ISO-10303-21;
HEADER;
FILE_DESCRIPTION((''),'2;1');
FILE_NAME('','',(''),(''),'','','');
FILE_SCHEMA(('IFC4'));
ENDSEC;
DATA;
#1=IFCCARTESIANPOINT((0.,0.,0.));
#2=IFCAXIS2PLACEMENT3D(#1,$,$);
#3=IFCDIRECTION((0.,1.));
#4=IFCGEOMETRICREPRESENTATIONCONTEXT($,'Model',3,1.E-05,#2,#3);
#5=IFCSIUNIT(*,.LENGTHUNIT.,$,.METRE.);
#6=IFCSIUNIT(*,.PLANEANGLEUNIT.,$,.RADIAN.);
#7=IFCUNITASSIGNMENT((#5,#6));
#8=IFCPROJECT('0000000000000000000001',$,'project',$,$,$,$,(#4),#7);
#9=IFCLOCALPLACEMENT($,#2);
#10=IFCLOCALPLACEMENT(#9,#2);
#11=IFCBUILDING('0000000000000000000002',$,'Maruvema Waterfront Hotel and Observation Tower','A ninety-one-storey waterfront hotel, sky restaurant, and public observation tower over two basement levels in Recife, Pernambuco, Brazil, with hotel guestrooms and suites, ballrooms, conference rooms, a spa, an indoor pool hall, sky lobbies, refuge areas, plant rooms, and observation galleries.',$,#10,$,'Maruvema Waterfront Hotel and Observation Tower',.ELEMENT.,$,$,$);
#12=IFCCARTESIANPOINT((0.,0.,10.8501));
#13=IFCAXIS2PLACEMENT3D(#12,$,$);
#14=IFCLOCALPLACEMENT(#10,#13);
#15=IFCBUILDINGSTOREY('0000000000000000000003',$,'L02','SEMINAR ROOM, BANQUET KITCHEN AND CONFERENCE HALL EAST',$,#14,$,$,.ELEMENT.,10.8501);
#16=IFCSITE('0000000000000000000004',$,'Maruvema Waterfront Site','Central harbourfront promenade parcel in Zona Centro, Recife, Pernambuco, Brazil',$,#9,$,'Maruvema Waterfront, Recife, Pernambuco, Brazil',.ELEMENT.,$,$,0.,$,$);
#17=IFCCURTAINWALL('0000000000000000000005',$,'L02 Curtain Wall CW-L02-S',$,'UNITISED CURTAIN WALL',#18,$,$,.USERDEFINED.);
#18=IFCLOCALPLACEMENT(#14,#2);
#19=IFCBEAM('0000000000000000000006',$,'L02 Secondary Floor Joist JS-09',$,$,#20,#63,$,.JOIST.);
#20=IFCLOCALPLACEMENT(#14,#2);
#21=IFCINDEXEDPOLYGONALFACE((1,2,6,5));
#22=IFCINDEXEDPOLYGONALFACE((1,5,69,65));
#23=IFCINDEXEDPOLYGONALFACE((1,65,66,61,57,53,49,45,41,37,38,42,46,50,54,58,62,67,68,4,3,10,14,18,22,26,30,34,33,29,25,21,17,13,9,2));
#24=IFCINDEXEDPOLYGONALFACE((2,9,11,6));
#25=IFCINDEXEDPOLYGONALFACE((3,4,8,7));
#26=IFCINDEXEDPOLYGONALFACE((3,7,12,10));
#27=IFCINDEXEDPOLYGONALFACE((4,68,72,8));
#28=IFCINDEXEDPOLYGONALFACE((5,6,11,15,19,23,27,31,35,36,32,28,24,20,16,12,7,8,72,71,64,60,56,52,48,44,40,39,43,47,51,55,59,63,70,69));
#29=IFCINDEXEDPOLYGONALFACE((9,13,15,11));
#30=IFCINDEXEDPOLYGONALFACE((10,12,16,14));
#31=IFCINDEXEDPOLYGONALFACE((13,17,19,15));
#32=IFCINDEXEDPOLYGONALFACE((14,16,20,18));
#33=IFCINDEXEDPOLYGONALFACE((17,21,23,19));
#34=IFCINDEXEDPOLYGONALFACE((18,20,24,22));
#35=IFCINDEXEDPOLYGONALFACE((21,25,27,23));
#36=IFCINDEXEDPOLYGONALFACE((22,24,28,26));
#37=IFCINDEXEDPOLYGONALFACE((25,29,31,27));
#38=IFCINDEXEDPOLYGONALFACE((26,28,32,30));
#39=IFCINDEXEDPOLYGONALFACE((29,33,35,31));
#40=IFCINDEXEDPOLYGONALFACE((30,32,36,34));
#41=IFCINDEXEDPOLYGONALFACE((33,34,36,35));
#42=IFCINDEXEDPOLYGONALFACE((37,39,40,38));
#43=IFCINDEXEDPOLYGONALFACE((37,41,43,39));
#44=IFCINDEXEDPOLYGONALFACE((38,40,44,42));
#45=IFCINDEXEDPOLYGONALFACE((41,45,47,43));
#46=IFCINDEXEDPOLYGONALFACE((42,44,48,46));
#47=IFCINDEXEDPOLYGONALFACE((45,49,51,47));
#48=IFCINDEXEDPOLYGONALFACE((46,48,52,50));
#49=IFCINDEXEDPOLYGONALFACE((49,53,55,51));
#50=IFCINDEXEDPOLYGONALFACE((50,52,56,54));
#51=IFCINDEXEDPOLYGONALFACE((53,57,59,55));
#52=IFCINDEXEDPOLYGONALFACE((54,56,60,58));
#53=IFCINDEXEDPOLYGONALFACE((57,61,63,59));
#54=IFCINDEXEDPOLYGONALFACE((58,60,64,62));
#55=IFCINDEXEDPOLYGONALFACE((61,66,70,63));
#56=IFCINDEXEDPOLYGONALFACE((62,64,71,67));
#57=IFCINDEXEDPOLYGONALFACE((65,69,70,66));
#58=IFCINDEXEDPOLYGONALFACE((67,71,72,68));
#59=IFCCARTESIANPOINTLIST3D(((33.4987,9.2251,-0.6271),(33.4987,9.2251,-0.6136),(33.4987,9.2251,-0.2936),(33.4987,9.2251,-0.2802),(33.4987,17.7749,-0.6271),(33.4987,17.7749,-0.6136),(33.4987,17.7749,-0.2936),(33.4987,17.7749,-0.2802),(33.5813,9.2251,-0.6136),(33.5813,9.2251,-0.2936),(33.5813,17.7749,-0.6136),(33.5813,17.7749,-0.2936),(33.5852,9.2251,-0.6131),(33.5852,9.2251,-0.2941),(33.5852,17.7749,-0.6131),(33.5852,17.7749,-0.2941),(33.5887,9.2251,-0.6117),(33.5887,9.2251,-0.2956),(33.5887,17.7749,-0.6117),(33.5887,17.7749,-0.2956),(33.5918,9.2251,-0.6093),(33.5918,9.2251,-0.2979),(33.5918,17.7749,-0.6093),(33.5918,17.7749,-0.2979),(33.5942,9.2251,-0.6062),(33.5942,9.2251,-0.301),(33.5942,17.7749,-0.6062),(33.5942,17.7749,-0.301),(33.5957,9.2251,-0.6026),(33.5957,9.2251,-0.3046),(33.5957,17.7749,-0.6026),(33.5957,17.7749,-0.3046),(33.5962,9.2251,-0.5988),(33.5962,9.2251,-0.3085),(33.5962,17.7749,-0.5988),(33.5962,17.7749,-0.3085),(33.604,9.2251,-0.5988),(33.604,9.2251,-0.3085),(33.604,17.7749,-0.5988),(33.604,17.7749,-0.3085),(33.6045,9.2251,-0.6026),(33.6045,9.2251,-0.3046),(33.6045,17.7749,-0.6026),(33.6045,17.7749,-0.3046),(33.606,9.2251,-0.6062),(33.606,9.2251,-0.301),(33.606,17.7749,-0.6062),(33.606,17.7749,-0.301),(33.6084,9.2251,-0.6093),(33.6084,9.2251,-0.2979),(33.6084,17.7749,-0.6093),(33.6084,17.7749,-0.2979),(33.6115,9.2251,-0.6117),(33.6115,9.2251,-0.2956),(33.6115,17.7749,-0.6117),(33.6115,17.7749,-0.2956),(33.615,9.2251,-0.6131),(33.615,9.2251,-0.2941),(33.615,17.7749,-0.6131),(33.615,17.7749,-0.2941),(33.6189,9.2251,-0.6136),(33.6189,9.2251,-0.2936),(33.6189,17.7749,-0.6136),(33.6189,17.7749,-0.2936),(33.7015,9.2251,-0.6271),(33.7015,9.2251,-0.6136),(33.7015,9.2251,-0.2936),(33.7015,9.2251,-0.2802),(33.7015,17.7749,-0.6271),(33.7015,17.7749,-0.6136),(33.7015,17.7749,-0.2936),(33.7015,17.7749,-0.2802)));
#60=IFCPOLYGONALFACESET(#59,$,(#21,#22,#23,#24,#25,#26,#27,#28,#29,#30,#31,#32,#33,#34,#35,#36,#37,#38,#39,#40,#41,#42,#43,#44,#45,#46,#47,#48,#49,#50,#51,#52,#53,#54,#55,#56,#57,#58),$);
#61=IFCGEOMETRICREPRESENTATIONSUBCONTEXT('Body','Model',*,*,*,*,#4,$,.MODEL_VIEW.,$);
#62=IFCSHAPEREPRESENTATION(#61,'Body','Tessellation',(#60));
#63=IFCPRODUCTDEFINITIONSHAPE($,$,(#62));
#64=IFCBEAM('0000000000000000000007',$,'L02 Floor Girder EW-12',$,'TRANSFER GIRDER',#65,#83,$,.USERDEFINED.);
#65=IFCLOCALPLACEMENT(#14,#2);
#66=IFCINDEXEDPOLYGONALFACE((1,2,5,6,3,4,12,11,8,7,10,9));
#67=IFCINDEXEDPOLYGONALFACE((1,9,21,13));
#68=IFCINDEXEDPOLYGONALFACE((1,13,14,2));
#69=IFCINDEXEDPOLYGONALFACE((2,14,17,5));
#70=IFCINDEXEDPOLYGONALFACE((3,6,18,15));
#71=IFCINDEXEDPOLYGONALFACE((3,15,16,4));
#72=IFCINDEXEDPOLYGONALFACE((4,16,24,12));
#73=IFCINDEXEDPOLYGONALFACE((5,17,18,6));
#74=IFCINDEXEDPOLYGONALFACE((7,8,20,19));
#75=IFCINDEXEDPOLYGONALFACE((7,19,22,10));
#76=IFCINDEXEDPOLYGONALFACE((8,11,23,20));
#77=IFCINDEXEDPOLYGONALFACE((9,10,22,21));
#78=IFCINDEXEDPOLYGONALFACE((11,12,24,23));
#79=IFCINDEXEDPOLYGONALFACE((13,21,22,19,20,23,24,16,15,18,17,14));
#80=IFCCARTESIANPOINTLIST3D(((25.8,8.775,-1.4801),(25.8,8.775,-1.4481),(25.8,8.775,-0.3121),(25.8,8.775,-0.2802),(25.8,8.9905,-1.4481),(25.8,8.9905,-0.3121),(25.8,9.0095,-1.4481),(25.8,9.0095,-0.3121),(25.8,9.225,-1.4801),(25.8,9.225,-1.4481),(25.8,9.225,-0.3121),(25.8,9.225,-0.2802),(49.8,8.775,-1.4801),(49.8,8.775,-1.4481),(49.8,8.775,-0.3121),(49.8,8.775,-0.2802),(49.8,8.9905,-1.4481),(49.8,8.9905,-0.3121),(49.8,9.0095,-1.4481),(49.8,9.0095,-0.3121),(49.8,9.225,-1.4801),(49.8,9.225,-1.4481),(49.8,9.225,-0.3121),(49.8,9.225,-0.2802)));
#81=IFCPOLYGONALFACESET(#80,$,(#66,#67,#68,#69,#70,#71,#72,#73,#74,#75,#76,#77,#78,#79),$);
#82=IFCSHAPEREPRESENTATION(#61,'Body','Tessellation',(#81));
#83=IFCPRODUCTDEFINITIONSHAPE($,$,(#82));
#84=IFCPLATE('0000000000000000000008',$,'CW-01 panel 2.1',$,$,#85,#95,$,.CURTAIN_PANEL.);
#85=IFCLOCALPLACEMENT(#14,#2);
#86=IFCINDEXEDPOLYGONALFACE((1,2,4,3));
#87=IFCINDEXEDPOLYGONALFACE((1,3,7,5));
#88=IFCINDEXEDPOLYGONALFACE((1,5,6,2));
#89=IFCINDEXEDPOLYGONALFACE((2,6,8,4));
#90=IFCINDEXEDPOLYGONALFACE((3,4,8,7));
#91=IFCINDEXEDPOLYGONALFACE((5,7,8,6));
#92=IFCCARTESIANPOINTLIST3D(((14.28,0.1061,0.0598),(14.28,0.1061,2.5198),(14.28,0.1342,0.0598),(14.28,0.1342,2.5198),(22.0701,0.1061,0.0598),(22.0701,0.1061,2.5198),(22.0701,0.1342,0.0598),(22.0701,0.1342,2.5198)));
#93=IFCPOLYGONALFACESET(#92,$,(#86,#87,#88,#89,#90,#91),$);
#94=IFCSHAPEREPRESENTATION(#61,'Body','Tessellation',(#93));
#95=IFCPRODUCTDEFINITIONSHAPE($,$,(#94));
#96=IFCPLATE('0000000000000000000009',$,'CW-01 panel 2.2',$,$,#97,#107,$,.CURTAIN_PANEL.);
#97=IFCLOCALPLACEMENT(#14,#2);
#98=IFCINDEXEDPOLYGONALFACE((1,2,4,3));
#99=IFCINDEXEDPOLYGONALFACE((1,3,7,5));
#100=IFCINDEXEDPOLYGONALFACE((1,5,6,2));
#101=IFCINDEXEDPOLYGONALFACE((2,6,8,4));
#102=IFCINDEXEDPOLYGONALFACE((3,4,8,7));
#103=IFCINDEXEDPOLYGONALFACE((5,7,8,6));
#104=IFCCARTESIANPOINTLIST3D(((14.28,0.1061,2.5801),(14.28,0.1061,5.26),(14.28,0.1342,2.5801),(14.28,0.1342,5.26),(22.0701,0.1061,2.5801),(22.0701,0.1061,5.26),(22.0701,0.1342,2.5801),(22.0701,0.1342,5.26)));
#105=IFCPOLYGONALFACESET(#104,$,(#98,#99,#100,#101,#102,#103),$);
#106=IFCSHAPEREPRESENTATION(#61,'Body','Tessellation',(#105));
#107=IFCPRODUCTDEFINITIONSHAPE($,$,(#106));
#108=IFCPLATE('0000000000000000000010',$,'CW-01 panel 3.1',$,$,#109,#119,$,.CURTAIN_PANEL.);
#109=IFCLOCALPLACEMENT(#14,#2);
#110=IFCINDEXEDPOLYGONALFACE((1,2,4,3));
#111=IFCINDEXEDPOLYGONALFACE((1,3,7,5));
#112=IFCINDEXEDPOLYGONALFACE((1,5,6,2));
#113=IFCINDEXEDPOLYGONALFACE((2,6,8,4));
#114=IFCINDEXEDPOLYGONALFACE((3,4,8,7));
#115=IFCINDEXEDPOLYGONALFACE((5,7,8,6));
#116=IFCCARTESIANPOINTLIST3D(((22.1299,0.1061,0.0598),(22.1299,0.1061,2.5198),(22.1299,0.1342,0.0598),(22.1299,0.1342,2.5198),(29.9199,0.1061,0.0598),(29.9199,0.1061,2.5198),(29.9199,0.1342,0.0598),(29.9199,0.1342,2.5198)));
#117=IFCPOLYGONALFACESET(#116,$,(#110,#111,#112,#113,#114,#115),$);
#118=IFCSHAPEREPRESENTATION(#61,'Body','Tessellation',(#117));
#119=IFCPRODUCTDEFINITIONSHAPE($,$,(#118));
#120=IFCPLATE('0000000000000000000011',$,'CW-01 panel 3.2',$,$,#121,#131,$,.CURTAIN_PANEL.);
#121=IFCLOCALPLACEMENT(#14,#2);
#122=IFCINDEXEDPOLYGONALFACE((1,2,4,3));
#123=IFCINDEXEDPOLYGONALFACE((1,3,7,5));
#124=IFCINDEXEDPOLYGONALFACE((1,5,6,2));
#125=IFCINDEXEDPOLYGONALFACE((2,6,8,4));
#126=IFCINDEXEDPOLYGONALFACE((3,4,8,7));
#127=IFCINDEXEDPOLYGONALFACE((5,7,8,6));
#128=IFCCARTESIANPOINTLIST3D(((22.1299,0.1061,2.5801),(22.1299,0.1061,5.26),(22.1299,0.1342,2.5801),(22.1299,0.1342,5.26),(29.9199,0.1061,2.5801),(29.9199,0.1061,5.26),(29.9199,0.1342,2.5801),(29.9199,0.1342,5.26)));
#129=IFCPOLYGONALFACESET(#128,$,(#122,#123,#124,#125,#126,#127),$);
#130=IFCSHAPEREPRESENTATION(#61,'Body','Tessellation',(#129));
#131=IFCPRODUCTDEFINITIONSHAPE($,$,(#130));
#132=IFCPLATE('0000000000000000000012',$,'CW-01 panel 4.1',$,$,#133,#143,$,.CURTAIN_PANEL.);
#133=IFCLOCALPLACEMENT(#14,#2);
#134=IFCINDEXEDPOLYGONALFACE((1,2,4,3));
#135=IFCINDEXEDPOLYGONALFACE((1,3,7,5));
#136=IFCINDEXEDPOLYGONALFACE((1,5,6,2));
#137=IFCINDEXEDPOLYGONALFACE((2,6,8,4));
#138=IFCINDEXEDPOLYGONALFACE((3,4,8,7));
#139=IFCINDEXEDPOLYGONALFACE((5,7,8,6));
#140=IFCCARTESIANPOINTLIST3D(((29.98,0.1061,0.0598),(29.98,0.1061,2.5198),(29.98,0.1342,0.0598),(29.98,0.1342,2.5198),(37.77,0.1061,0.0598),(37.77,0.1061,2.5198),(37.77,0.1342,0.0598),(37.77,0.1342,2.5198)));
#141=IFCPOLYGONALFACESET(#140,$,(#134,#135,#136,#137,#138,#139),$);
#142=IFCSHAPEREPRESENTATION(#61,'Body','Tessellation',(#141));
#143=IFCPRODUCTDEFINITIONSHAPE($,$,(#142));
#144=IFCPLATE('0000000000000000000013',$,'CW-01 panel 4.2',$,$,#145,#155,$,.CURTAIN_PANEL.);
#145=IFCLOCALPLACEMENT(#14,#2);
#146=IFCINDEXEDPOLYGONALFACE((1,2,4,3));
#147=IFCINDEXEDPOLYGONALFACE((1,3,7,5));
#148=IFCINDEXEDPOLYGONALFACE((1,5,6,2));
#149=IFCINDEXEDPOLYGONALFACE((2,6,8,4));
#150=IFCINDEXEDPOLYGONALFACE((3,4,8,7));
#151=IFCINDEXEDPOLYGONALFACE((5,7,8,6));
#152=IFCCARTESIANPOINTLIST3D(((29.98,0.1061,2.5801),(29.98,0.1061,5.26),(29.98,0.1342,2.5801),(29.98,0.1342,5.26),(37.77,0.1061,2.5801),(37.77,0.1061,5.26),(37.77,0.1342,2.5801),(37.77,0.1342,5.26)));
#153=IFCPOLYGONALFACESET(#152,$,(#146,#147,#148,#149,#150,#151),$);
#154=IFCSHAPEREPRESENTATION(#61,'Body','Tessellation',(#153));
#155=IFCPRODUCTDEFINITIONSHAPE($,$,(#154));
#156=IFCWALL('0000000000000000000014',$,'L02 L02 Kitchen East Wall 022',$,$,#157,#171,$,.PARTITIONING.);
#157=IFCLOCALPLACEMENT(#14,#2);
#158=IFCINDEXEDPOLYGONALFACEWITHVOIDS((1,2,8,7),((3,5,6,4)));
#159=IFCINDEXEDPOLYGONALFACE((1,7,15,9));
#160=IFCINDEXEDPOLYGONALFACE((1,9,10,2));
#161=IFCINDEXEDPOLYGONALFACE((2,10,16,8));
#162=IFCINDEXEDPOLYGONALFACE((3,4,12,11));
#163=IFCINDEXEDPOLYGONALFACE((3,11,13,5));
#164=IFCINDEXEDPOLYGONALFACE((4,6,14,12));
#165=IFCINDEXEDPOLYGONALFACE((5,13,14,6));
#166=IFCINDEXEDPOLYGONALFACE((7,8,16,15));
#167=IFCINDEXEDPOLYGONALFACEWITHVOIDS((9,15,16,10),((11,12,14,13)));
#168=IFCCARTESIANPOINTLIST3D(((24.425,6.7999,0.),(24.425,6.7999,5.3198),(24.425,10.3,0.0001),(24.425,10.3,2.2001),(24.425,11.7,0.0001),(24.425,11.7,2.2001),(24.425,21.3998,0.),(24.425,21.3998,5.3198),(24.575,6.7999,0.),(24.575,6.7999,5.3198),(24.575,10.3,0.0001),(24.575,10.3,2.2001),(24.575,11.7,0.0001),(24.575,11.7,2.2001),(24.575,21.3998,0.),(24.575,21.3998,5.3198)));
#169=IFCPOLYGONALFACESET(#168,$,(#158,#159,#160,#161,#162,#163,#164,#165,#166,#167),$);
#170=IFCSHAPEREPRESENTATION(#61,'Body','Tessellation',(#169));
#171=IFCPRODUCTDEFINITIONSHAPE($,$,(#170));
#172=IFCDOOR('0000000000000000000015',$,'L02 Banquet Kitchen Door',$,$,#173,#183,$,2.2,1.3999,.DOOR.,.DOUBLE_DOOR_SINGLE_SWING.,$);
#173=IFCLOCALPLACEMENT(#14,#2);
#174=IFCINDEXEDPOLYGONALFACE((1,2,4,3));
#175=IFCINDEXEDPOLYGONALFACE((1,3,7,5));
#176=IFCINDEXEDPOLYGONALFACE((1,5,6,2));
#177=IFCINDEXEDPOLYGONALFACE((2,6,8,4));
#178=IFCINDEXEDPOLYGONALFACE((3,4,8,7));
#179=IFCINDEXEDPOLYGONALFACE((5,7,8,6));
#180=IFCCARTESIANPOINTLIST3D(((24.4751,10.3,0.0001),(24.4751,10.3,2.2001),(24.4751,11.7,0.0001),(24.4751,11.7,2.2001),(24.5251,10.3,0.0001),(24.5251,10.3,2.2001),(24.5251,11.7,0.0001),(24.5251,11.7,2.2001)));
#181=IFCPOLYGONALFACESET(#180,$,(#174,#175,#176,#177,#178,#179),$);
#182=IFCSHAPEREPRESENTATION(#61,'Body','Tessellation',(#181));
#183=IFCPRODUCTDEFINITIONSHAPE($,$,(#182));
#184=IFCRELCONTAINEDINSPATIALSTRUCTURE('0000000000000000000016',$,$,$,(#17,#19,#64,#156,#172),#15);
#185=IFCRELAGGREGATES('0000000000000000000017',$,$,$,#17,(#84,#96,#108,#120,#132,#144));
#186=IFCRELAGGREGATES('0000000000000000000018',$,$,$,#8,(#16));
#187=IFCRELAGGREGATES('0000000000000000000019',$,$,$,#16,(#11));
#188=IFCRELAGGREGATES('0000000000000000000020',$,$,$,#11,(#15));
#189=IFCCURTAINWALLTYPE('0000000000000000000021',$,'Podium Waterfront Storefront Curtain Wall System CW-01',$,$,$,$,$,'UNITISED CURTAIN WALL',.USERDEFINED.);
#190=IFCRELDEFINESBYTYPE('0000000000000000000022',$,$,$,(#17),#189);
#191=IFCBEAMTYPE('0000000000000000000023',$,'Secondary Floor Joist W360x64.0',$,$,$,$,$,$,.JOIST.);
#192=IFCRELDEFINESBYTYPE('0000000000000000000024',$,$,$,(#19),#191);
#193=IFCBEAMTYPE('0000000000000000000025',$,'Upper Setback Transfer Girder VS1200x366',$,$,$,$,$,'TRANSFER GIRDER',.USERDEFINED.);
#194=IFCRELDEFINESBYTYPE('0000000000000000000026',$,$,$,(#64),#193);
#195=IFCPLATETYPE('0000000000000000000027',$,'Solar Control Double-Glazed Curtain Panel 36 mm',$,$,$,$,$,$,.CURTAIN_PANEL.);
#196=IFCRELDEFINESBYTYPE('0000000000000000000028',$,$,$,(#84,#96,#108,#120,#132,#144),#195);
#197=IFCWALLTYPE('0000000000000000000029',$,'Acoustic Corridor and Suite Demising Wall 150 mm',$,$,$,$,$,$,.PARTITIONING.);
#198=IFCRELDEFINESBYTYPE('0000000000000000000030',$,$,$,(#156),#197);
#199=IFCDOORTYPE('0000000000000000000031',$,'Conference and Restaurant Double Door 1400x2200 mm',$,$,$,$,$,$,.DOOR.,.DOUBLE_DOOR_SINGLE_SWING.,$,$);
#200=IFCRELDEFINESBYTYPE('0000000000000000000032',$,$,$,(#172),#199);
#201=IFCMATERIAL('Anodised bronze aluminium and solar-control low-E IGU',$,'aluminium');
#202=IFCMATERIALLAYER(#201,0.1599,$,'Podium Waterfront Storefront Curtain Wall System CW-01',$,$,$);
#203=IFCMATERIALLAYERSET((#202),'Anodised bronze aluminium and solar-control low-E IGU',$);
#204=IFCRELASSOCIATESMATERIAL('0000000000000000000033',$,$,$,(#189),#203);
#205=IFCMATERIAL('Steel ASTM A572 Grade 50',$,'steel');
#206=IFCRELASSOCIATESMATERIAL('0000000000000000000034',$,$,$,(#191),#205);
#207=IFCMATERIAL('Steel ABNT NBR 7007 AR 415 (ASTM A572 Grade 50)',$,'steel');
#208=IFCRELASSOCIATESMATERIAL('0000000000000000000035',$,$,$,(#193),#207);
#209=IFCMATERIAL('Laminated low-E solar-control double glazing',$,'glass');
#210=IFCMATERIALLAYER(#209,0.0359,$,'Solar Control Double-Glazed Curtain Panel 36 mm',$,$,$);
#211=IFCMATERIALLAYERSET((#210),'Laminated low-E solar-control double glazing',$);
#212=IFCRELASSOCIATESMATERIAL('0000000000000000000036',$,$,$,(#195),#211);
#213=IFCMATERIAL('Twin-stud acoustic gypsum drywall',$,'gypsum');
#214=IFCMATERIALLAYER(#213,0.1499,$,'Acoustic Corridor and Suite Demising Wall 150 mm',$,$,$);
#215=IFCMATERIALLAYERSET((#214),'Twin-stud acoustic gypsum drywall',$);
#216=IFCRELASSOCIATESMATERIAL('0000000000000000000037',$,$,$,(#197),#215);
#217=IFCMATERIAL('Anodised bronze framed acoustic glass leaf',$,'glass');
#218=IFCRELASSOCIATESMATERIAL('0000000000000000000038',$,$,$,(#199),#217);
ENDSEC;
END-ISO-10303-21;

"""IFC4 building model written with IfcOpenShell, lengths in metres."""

from ifc_helpers import new_model, si_unit, direction, frame, frame_2d, origin, origin_2d, place, context, subcontext, project, spatial, rectangle, i_section, extrude, material, layer, layer_set, material_profile, profile_set, type_object, element, fill, aggregate, save


model = new_model("IFC4")

# Units and contexts
model_context = context("Model", 3, precision=1e-05, world=origin(), true_north=direction((0.0, 1.0)))
body_context = subcontext(model_context, "Body", "Model", "MODEL_VIEW")
ifc_project = project(units=[si_unit("LENGTHUNIT", "METRE"), si_unit("PLANEANGLEUNIT", "RADIAN")], contexts=[model_context])

# Site, building, storey
site_placement = place(None, origin())
site = spatial("IfcSite", under=ifc_project, at=site_placement, Name="Maruvema Waterfront Site", Description="Central harbourfront promenade parcel in Zona Centro, Recife, Pernambuco, Brazil", LongName="Maruvema Waterfront, Recife, Pernambuco, Brazil", CompositionType="ELEMENT", RefElevation=0.0)
building_placement = place(site_placement, origin())
building = spatial("IfcBuilding", under=site, at=building_placement, Name="Maruvema Waterfront Hotel and Observation Tower", Description="A ninety-one-storey waterfront hotel, sky restaurant, and public observation tower over two basement levels in Recife, Pernambuco, Brazil, with hotel guestrooms and suites, ballrooms, conference rooms, a spa, an indoor pool hall, sky lobbies, refuge areas, plant rooms, and observation galleries.", LongName="Maruvema Waterfront Hotel and Observation Tower", CompositionType="ELEMENT")
storey_placement = place(building_placement, frame((0.0, 0.0, 10.8501)))
storey = spatial("IfcBuildingStorey", under=building, at=storey_placement, Name="L02", Description="SEMINAR ROOM, BANQUET KITCHEN AND CONFERENCE HALL EAST", CompositionType="ELEMENT", Elevation=10.8501)

# Curtain wall
ifc_material_1 = material(Name="Anodised bronze aluminium and solar-control low-E IGU", Category="aluminium")
ifc_layer_1 = layer(ifc_material_1, 0.1599, Name="Podium Waterfront Storefront Curtain Wall System CW-01")
ifc_layer_set_1 = layer_set([ifc_layer_1], Name="Anodised bronze aluminium and solar-control low-E IGU")
curtain_wall_type = type_object("IfcCurtainWallType", Name="Podium Waterfront Storefront Curtain Wall System CW-01", ElementType="UNITISED CURTAIN WALL", PredefinedType="USERDEFINED", material=ifc_layer_set_1)
curtain_wall_placement = place(storey_placement, origin())
curtain_wall = element("IfcCurtainWall", 1, at=curtain_wall_placement, inside=storey, type_object=curtain_wall_type, Name="L02 Curtain Wall CW-L02-S", ObjectType="UNITISED CURTAIN WALL", PredefinedType="USERDEFINED")

# Beams
ifc_material_2 = material(Name="Steel ASTM A572 Grade 50", Category="steel")
ifc_material_profile_1 = material_profile(ifc_material_2, i_section(OverallWidth=0.2029, OverallDepth=0.3469, WebThickness=0.0078, FlangeThickness=0.0134, FilletRadius=0.0149, at=origin_2d()), Name="W360x64.0")
ifc_profile_set_1 = profile_set([ifc_material_profile_1], Name="Steel ASTM A572 Grade 50")
beam_type_1 = type_object("IfcBeamType", Name="Secondary Floor Joist W360x64.0", PredefinedType="JOIST", material=ifc_profile_set_1)
beam_1_placement = place(storey_placement, frame((33.6001, 9.2251, -0.4536), z_axis=(0.0, 1.0, 0.0), x_axis=(-1.0, 0.0, 0.0)))
element("IfcBeam", 2, at=beam_1_placement, inside=storey, type_object=beam_type_1, Name="L02 Secondary Floor Joist JS-09", PredefinedType="JOIST", context=body_context, shape_type="SweptSolid", body=[
    extrude(i_section(OverallWidth=0.2029, OverallDepth=0.3469, WebThickness=0.0078, FlangeThickness=0.0134, FilletRadius=0.0149, at=origin_2d()), origin(), (0.0, 0.0, 1.0), 8.5498),
])
ifc_material_3 = material(Name="Steel ABNT NBR 7007 AR 415 (ASTM A572 Grade 50)", Category="steel")
ifc_material_profile_2 = material_profile(ifc_material_3, i_section(OverallWidth=0.45, OverallDepth=1.2, WebThickness=0.019, FlangeThickness=0.032, at=origin_2d()), Name="VS1200x366")
ifc_profile_set_2 = profile_set([ifc_material_profile_2], Name="Steel ABNT NBR 7007 AR 415 (ASTM A572 Grade 50)")
beam_type_2 = type_object("IfcBeamType", Name="Upper Setback Transfer Girder VS1200x366", ElementType="TRANSFER GIRDER", PredefinedType="USERDEFINED", material=ifc_profile_set_2)
beam_2_placement = place(storey_placement, frame((25.8, 9.0, -0.8801), z_axis=(1.0, 0.0, 0.0), x_axis=(0.0, 1.0, 0.0)))
element("IfcBeam", 3, at=beam_2_placement, inside=storey, type_object=beam_type_2, Name="L02 Floor Girder EW-12", ObjectType="TRANSFER GIRDER", PredefinedType="USERDEFINED", context=body_context, shape_type="SweptSolid", body=[
    extrude(i_section(OverallWidth=0.45, OverallDepth=1.2, WebThickness=0.019, FlangeThickness=0.032, at=origin_2d()), origin(), (0.0, 0.0, 1.0), 24.0),
])

# Plates
ifc_material_4 = material(Name="Laminated low-E solar-control double glazing", Category="glass")
ifc_layer_2 = layer(ifc_material_4, 0.0359, Name="Solar Control Double-Glazed Curtain Panel 36 mm")
ifc_layer_set_2 = layer_set([ifc_layer_2], Name="Laminated low-E solar-control double glazing")
plate_type = type_object("IfcPlateType", Name="Solar Control Double-Glazed Curtain Panel 36 mm", PredefinedType="CURTAIN_PANEL", material=ifc_layer_set_2)
plate_1_placement = place(storey_placement, frame((18.175, 0.1201, 0.0598), z_axis=(0.0, 0.0, 1.0), x_axis=(1.0, 0.0, 0.0)))
plate_1 = element("IfcPlate", 4, at=plate_1_placement, type_object=plate_type, Name="CW-01 panel 2.1", PredefinedType="CURTAIN_PANEL", context=body_context, shape_type="SweptSolid", body=[
    extrude(rectangle(XDim=7.79, YDim=0.0281, at=origin_2d()), origin(), (0.0, 0.0, 1.0), 2.46),
])
plate_2_placement = place(storey_placement, frame((18.175, 0.1201, 2.5801), z_axis=(0.0, 0.0, 1.0), x_axis=(1.0, 0.0, 0.0)))
plate_2 = element("IfcPlate", 5, at=plate_2_placement, type_object=plate_type, Name="CW-01 panel 2.2", PredefinedType="CURTAIN_PANEL", context=body_context, shape_type="SweptSolid", body=[
    extrude(rectangle(XDim=7.79, YDim=0.0281, at=origin_2d()), origin(), (0.0, 0.0, 1.0), 2.6799),
])
plate_3_placement = place(storey_placement, frame((26.0249, 0.1201, 0.0598), z_axis=(0.0, 0.0, 1.0), x_axis=(1.0, 0.0, 0.0)))
plate_3 = element("IfcPlate", 6, at=plate_3_placement, type_object=plate_type, Name="CW-01 panel 3.1", PredefinedType="CURTAIN_PANEL", context=body_context, shape_type="SweptSolid", body=[
    extrude(rectangle(XDim=7.79, YDim=0.0281, at=origin_2d()), origin(), (0.0, 0.0, 1.0), 2.46),
])
plate_4_placement = place(storey_placement, frame((26.0249, 0.1201, 2.5801), z_axis=(0.0, 0.0, 1.0), x_axis=(1.0, 0.0, 0.0)))
plate_4 = element("IfcPlate", 7, at=plate_4_placement, type_object=plate_type, Name="CW-01 panel 3.2", PredefinedType="CURTAIN_PANEL", context=body_context, shape_type="SweptSolid", body=[
    extrude(rectangle(XDim=7.79, YDim=0.0281, at=origin_2d()), origin(), (0.0, 0.0, 1.0), 2.6799),
])
plate_5_placement = place(storey_placement, frame((33.875, 0.1201, 0.0598), z_axis=(0.0, 0.0, 1.0), x_axis=(1.0, 0.0, 0.0)))
plate_5 = element("IfcPlate", 8, at=plate_5_placement, type_object=plate_type, Name="CW-01 panel 4.1", PredefinedType="CURTAIN_PANEL", context=body_context, shape_type="SweptSolid", body=[
    extrude(rectangle(XDim=7.79, YDim=0.0281, at=origin_2d()), origin(), (0.0, 0.0, 1.0), 2.46),
])
plate_6_placement = place(storey_placement, frame((33.875, 0.1201, 2.5801), z_axis=(0.0, 0.0, 1.0), x_axis=(1.0, 0.0, 0.0)))
plate_6 = element("IfcPlate", 9, at=plate_6_placement, type_object=plate_type, Name="CW-01 panel 4.2", PredefinedType="CURTAIN_PANEL", context=body_context, shape_type="SweptSolid", body=[
    extrude(rectangle(XDim=7.79, YDim=0.0281, at=origin_2d()), origin(), (0.0, 0.0, 1.0), 2.6799),
])
aggregate(curtain_wall, [plate_1, plate_2, plate_3, plate_4, plate_5, plate_6])

# Wall, opening, door
ifc_material_5 = material(Name="Twin-stud acoustic gypsum drywall", Category="gypsum")
ifc_layer_3 = layer(ifc_material_5, 0.1499, Name="Acoustic Corridor and Suite Demising Wall 150 mm")
ifc_layer_set_3 = layer_set([ifc_layer_3], Name="Twin-stud acoustic gypsum drywall")
wall_type = type_object("IfcWallType", Name="Acoustic Corridor and Suite Demising Wall 150 mm", PredefinedType="PARTITIONING", material=ifc_layer_set_3)
wall_placement = place(storey_placement, frame((24.5, 6.8, 0.0), z_axis=(0.0, 0.0, 1.0), x_axis=(0.0, 1.0, 0.0)))
wall = element("IfcWall", 10, at=wall_placement, inside=storey, type_object=wall_type, Name="L02 L02 Kitchen East Wall 022", PredefinedType="PARTITIONING", context=body_context, shape_type="SweptSolid", body=[
    extrude(rectangle(XDim=14.5999, YDim=0.1499, at=frame_2d((7.2998, 0.0))), origin(), (0.0, 0.0, 1.0), 5.3198),
])
opening_placement = place(wall_placement, frame((3.5, 0.0, 0.0)))
opening = element("IfcOpeningElement", 11, at=opening_placement, cuts=wall, PredefinedType="OPENING", context=body_context, shape_type="SweptSolid", body=[
    extrude(rectangle(XDim=1.3999, YDim=2.2, at=frame_2d((0.7, 1.1001))), frame((0.0, 0.085, 0.0), z_axis=(0.0, -1.0, 0.0), x_axis=(1.0, 0.0, 0.0)), (0.0, 0.0, 1.0), 0.1699),
])
ifc_material_6 = material(Name="Anodised bronze framed acoustic glass leaf", Category="glass")
door_type = type_object("IfcDoorType", Name="Conference and Restaurant Double Door 1400x2200 mm", OperationType="DOUBLE_DOOR_SINGLE_SWING", PredefinedType="DOOR", material=ifc_material_6)
door_placement = place(opening_placement, origin())
door = element("IfcDoor", 12, at=door_placement, inside=storey, type_object=door_type, Name="L02 Banquet Kitchen Door", OperationType="DOUBLE_DOOR_SINGLE_SWING", OverallHeight=2.2, OverallWidth=1.3999, PredefinedType="DOOR", context=body_context, shape_type="SweptSolid", body=[
    extrude(rectangle(XDim=1.3999, YDim=2.2, at=frame_2d((0.7, 1.1001))), frame((0.0, 0.0249, 0.0), z_axis=(0.0, -1.0, 0.0), x_axis=(1.0, 0.0, 0.0)), (0.0, 0.0, 1.0), 0.05),
])
fill(opening, door)

save(model, "model.ifc")
